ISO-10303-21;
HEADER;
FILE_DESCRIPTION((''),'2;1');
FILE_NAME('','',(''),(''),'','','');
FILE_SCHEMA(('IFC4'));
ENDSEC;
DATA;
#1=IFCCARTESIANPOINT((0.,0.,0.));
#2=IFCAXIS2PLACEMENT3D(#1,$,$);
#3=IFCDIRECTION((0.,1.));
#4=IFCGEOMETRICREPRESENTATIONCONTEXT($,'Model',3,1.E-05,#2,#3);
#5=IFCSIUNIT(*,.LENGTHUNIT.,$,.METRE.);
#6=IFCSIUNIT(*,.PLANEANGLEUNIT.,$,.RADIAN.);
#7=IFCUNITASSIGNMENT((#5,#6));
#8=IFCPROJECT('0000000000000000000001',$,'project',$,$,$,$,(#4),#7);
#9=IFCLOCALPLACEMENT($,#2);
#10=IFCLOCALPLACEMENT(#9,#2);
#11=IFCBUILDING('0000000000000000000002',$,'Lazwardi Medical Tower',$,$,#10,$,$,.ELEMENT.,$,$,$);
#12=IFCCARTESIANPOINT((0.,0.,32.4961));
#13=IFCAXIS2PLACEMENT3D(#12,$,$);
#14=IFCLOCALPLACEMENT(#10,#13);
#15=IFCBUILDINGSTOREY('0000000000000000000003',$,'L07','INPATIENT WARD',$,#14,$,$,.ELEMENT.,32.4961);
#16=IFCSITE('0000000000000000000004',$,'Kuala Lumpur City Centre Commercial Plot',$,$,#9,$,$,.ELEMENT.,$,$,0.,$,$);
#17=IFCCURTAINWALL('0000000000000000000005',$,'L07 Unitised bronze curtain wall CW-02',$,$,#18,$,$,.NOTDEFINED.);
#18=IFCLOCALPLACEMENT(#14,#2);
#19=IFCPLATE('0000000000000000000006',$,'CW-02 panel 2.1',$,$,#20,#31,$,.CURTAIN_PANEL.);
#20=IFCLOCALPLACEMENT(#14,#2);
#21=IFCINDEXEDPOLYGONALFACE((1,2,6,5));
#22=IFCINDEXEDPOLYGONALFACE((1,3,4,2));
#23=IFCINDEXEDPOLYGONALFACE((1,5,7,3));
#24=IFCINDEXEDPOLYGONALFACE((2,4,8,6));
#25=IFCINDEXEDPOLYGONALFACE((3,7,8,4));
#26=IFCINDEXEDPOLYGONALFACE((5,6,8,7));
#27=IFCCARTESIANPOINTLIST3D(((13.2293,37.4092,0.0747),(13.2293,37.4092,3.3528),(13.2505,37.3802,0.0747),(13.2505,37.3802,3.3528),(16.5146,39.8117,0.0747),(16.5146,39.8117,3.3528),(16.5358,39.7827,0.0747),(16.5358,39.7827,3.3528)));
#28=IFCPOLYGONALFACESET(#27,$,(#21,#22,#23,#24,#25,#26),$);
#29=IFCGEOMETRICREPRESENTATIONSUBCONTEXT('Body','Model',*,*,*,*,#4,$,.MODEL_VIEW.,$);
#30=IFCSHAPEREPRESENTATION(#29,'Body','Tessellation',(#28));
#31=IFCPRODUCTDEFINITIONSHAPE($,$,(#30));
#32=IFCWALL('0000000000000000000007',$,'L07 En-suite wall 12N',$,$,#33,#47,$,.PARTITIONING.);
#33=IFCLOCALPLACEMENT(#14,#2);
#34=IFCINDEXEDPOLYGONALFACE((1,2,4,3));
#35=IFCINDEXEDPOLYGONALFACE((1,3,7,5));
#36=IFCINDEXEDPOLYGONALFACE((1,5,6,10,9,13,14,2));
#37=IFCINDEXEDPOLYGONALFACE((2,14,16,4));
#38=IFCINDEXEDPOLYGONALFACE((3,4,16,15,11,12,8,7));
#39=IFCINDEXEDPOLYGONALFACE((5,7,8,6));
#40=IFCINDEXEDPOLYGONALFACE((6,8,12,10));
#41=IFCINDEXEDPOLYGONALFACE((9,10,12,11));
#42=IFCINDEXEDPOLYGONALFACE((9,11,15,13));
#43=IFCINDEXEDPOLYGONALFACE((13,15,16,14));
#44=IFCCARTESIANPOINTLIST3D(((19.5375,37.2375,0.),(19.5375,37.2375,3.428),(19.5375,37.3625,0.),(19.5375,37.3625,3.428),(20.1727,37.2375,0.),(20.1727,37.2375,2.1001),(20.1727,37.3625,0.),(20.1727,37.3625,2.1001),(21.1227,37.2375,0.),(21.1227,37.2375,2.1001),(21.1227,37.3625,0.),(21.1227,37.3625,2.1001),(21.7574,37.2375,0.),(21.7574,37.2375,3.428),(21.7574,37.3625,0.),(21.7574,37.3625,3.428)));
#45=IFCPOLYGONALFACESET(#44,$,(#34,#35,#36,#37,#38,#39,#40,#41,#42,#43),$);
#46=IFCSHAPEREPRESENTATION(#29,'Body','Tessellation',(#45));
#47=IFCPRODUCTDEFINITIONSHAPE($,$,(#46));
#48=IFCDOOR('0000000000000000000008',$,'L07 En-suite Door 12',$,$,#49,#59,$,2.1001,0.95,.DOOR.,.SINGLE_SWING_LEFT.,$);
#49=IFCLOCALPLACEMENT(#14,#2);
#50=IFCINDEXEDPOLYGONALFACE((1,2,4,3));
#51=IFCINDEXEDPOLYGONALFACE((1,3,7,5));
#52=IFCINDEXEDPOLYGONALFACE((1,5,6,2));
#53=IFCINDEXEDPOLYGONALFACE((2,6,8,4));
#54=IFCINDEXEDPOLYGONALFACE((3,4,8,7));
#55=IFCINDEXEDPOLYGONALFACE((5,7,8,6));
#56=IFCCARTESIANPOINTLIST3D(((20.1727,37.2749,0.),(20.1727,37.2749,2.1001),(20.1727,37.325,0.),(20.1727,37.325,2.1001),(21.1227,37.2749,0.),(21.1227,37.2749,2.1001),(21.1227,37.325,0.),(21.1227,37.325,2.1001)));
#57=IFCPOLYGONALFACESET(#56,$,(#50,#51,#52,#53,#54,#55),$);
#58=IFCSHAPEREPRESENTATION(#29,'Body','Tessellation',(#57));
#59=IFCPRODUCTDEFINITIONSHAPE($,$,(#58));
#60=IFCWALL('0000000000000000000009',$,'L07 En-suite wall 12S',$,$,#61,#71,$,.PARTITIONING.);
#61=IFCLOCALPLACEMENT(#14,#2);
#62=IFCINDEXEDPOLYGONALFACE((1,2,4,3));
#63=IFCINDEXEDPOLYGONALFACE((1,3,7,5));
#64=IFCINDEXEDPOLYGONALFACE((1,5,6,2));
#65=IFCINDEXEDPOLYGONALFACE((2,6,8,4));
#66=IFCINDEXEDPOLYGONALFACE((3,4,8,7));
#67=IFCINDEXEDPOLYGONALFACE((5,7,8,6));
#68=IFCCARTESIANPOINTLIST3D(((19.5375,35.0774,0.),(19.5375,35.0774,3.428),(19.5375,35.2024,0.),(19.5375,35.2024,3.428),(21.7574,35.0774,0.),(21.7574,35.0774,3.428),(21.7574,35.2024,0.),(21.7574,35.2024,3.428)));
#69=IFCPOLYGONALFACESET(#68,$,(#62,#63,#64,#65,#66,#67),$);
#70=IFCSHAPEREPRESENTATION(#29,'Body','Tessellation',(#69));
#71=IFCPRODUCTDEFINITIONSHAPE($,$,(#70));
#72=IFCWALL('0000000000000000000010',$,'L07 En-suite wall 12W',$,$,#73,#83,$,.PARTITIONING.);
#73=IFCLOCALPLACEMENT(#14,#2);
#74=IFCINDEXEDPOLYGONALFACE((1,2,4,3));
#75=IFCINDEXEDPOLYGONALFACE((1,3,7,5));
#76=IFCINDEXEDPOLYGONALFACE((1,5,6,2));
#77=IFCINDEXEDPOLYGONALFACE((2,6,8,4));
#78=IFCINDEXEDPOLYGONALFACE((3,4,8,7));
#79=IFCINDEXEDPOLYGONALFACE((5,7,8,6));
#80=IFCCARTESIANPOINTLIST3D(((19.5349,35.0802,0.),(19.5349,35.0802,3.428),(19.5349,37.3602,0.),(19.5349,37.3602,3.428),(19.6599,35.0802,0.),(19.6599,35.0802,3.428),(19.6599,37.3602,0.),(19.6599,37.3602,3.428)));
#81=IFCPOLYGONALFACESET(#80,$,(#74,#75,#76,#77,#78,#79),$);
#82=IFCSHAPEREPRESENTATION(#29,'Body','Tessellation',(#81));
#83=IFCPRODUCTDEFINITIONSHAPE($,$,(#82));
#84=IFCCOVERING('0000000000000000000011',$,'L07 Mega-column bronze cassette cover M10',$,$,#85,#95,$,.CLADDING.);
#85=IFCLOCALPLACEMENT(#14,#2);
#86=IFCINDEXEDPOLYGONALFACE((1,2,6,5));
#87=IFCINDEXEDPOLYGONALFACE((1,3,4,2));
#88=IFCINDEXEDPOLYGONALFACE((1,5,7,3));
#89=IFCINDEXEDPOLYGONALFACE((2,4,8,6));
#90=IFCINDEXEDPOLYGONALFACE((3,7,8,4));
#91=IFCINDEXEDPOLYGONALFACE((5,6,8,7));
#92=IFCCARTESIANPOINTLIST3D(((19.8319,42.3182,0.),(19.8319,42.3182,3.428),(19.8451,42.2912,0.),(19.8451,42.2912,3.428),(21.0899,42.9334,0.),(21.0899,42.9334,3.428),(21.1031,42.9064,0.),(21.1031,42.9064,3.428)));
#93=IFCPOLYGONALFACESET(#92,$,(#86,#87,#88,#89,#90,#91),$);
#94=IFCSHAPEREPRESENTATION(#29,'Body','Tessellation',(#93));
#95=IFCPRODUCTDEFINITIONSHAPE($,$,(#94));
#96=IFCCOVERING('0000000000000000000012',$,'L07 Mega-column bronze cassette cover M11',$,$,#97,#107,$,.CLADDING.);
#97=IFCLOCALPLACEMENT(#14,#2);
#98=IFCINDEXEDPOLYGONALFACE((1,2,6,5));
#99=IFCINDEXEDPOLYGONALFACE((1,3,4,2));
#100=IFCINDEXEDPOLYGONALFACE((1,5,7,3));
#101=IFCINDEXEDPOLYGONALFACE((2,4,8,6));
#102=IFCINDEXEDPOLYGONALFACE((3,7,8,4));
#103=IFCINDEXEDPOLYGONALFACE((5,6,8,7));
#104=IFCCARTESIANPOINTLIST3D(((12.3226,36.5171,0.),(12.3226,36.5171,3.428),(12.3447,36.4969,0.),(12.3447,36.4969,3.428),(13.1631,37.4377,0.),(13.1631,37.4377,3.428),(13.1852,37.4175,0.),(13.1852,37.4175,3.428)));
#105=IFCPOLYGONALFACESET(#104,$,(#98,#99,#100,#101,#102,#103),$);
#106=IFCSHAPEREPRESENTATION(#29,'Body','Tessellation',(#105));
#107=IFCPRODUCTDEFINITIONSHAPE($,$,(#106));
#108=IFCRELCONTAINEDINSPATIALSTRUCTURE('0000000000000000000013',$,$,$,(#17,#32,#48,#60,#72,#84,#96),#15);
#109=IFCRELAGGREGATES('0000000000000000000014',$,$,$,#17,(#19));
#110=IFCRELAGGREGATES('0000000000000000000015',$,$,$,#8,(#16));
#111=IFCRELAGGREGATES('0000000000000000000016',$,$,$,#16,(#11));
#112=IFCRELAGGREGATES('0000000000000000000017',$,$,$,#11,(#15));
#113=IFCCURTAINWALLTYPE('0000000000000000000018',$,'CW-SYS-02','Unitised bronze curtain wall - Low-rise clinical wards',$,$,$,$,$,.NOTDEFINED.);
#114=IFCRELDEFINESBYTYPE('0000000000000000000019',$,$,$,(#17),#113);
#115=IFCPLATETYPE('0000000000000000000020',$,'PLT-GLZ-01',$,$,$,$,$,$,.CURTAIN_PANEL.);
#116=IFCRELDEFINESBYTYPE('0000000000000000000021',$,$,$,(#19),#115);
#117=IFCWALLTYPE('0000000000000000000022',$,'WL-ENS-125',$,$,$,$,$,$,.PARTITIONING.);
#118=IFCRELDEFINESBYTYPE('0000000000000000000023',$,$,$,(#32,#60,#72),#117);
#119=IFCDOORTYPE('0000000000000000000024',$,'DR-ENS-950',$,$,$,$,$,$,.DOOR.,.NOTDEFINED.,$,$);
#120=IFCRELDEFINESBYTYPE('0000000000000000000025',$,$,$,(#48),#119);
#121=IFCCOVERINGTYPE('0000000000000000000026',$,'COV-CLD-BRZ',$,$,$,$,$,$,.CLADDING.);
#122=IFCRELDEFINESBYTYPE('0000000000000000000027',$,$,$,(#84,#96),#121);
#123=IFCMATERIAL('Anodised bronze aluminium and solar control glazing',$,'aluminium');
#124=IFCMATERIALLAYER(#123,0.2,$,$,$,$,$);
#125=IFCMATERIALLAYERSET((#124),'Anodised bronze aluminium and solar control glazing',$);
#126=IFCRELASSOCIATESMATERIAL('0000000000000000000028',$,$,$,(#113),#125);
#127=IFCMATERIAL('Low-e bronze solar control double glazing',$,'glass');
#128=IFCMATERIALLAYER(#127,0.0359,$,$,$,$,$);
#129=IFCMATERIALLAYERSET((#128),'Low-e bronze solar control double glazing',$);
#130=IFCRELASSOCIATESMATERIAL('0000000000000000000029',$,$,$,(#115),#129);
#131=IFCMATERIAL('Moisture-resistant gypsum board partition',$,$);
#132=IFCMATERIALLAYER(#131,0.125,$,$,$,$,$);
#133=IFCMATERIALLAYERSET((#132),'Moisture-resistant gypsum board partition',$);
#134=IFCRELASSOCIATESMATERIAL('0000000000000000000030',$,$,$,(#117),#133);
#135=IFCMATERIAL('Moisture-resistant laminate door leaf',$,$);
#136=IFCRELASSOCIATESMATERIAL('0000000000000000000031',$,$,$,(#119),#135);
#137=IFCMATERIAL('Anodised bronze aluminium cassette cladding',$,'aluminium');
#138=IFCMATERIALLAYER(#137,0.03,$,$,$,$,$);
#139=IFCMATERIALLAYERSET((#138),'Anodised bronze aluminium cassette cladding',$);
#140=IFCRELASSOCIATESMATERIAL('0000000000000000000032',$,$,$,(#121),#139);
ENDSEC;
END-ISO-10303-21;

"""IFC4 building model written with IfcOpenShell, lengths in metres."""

from ifc_helpers import new_model, si_unit, direction, frame, frame_2d, origin, origin_2d, place, context, subcontext, project, spatial, rectangle, extrude, material, layer, layer_set, type_object, element, fill, aggregate, save


model = new_model("IFC4")

# Units and contexts
model_context = context("Model", 3, precision=1e-05, world=origin(), true_north=direction((0.0, 1.0)))
body_context = subcontext(model_context, "Body", "Model", "MODEL_VIEW")
ifc_project = project(units=[si_unit("LENGTHUNIT", "METRE"), si_unit("PLANEANGLEUNIT", "RADIAN")], contexts=[model_context])

# Site, building, storey
site_placement = place(None, origin())
site = spatial("IfcSite", under=ifc_project, at=site_placement, Name="Kuala Lumpur City Centre Commercial Plot", CompositionType="ELEMENT", RefElevation=0.0)
building_placement = place(site_placement, origin())
building = spatial("IfcBuilding", under=site, at=building_placement, Name="Lazwardi Medical Tower", CompositionType="ELEMENT")
storey_placement = place(building_placement, frame((0.0, 0.0, 32.4961)))
storey = spatial("IfcBuildingStorey", under=building, at=storey_placement, Name="L07", Description="INPATIENT WARD", CompositionType="ELEMENT", Elevation=32.4961)

# Shared definitions
ifc_material_1 = material(Name="Anodised bronze aluminium and solar control glazing", Category="aluminium")
ifc_layer_1 = layer(ifc_material_1, 0.2)
ifc_layer_set_1 = layer_set([ifc_layer_1], Name="Anodised bronze aluminium and solar control glazing")
curtain_wall_type = type_object("IfcCurtainWallType", Name="CW-SYS-02", Description="Unitised bronze curtain wall - Low-rise clinical wards", PredefinedType="NOTDEFINED", material=ifc_layer_set_1)

# Curtain wall
curtain_wall_1_placement = place(storey_placement, origin())
curtain_wall_1 = element("IfcCurtainWall", 1, at=curtain_wall_1_placement, inside=storey, type_object=curtain_wall_type, Name="L07 Unitised bronze curtain wall CW-02", PredefinedType="NOTDEFINED")

# Plate
ifc_material_2 = material(Name="Low-e bronze solar control double glazing", Category="glass")
ifc_layer_2 = layer(ifc_material_2, 0.0359)
ifc_layer_set_2 = layer_set([ifc_layer_2], Name="Low-e bronze solar control double glazing")
plate_type = type_object("IfcPlateType", Name="PLT-GLZ-01", PredefinedType="CURTAIN_PANEL", material=ifc_layer_set_2)
plate_1_placement = place(storey_placement, frame((14.8826, 38.5959, 0.0747), z_axis=(0.0, 0.0, 1.0), x_axis=(-0.807192, -0.590289, 0.0)))
plate_1 = element("IfcPlate", 2, at=plate_1_placement, type_object=plate_type, Name="CW-02 panel 2.1", PredefinedType="CURTAIN_PANEL", context=body_context, shape_type="SweptSolid", body=[
    extrude(rectangle(XDim=4.0701, YDim=0.0359, at=origin_2d()), origin(), (0.0, 0.0, 1.0), 3.2781),
])
aggregate(curtain_wall_1, [plate_1])

# Wall, opening, door
ifc_material_3 = material(Name="Moisture-resistant gypsum board partition")
ifc_layer_3 = layer(ifc_material_3, 0.125)
ifc_layer_set_3 = layer_set([ifc_layer_3], Name="Moisture-resistant gypsum board partition")
wall_type = type_object("IfcWallType", Name="WL-ENS-125", PredefinedType="PARTITIONING", material=ifc_layer_set_3)
wall_1_placement = place(storey_placement, frame((19.5376, 37.3, 0.0), z_axis=(0.0, 0.0, 1.0), x_axis=(1.0, 0.0, 0.0)))
wall_1 = element("IfcWall", 3, at=wall_1_placement, inside=storey, type_object=wall_type, Name="L07 En-suite wall 12N", PredefinedType="PARTITIONING", context=body_context, shape_type="SweptSolid", body=[
    extrude(rectangle(XDim=2.22, YDim=0.125, at=frame_2d((1.1099, 0.0))), origin(), (0.0, 0.0, 1.0), 3.428),
])
opening_placement = place(wall_1_placement, frame((0.635, 0.0, 0.0)))
opening = element("IfcOpeningElement", 4, at=opening_placement, cuts=wall_1, PredefinedType="OPENING", context=body_context, shape_type="SweptSolid", body=[
    extrude(rectangle(XDim=0.95, YDim=2.1001, at=frame_2d((0.4751, 1.05))), frame((0.0, 0.0725, 0.0), z_axis=(0.0, -1.0, 0.0), x_axis=(1.0, 0.0, 0.0)), (0.0, 0.0, 1.0), 0.145),
])
ifc_material_4 = material(Name="Moisture-resistant laminate door leaf")
door_type = type_object("IfcDoorType", Name="DR-ENS-950", OperationType="NOTDEFINED", PredefinedType="DOOR", material=ifc_material_4)
door_placement = place(opening_placement, origin())
door = element("IfcDoor", 5, at=door_placement, inside=storey, type_object=door_type, Name="L07 En-suite Door 12", OperationType="SINGLE_SWING_LEFT", OverallHeight=2.1001, OverallWidth=0.95, PredefinedType="DOOR", context=body_context, shape_type="SweptSolid", body=[
    extrude(rectangle(XDim=0.95, YDim=2.1001, at=frame_2d((0.4751, 1.05))), frame((0.0, 0.0249, 0.0), z_axis=(0.0, -1.0, 0.0), x_axis=(1.0, 0.0, 0.0)), (0.0, 0.0, 1.0), 0.05),
])
fill(opening, door)

# Walls
wall_2_placement = place(storey_placement, frame((19.5376, 35.1399, 0.0), z_axis=(0.0, 0.0, 1.0), x_axis=(1.0, 0.0, 0.0)))
element("IfcWall", 6, at=wall_2_placement, inside=storey, type_object=wall_type, Name="L07 En-suite wall 12S", PredefinedType="PARTITIONING", context=body_context, shape_type="SweptSolid", body=[
    extrude(rectangle(XDim=2.22, YDim=0.125, at=frame_2d((1.1099, 0.0))), origin(), (0.0, 0.0, 1.0), 3.428),
])
wall_3_placement = place(storey_placement, frame((19.5974, 35.0801, 0.0), z_axis=(0.0, 0.0, 1.0), x_axis=(0.0, 1.0, 0.0)))
element("IfcWall", 7, at=wall_3_placement, inside=storey, type_object=wall_type, Name="L07 En-suite wall 12W", PredefinedType="PARTITIONING", context=body_context, shape_type="SweptSolid", body=[
    extrude(rectangle(XDim=2.28, YDim=0.125, at=frame_2d((1.1401, 0.0))), origin(), (0.0, 0.0, 1.0), 3.428),
])

# Coverings
ifc_material_5 = material(Name="Anodised bronze aluminium cassette cladding", Category="aluminium")
ifc_layer_4 = layer(ifc_material_5, 0.03)
ifc_layer_set_4 = layer_set([ifc_layer_4], Name="Anodised bronze aluminium cassette cladding")
covering_type = type_object("IfcCoveringType", Name="COV-CLD-BRZ", PredefinedType="CLADDING", material=ifc_layer_set_4)
covering_1_placement = place(storey_placement, frame((20.4675, 42.6123, 0.0), z_axis=(0.0, 0.0, 1.0), x_axis=(-0.898334, -0.439312, 0.0)))
element("IfcCovering", 8, at=covering_1_placement, inside=storey, type_object=covering_type, Name="L07 Mega-column bronze cassette cover M10", PredefinedType="CLADDING", context=body_context, shape_type="SweptSolid", body=[
    extrude(rectangle(XDim=1.4004, YDim=0.03, at=origin_2d()), origin(), (0.0, 0.0, 1.0), 3.428),
])
covering_2_placement = place(storey_placement, frame((12.7539, 36.9673, 0.0), z_axis=(0.0, 0.0, 1.0), x_axis=(-0.674252, -0.738501, 0.0)))
element("IfcCovering", 9, at=covering_2_placement, inside=storey, type_object=covering_type, Name="L07 Mega-column bronze cassette cover M11", PredefinedType="CLADDING", context=body_context, shape_type="SweptSolid", body=[
    extrude(rectangle(XDim=1.2466, YDim=0.03, at=origin_2d()), origin(), (0.0, 0.0, 1.0), 3.428),
])

save(model, "model.ifc")
